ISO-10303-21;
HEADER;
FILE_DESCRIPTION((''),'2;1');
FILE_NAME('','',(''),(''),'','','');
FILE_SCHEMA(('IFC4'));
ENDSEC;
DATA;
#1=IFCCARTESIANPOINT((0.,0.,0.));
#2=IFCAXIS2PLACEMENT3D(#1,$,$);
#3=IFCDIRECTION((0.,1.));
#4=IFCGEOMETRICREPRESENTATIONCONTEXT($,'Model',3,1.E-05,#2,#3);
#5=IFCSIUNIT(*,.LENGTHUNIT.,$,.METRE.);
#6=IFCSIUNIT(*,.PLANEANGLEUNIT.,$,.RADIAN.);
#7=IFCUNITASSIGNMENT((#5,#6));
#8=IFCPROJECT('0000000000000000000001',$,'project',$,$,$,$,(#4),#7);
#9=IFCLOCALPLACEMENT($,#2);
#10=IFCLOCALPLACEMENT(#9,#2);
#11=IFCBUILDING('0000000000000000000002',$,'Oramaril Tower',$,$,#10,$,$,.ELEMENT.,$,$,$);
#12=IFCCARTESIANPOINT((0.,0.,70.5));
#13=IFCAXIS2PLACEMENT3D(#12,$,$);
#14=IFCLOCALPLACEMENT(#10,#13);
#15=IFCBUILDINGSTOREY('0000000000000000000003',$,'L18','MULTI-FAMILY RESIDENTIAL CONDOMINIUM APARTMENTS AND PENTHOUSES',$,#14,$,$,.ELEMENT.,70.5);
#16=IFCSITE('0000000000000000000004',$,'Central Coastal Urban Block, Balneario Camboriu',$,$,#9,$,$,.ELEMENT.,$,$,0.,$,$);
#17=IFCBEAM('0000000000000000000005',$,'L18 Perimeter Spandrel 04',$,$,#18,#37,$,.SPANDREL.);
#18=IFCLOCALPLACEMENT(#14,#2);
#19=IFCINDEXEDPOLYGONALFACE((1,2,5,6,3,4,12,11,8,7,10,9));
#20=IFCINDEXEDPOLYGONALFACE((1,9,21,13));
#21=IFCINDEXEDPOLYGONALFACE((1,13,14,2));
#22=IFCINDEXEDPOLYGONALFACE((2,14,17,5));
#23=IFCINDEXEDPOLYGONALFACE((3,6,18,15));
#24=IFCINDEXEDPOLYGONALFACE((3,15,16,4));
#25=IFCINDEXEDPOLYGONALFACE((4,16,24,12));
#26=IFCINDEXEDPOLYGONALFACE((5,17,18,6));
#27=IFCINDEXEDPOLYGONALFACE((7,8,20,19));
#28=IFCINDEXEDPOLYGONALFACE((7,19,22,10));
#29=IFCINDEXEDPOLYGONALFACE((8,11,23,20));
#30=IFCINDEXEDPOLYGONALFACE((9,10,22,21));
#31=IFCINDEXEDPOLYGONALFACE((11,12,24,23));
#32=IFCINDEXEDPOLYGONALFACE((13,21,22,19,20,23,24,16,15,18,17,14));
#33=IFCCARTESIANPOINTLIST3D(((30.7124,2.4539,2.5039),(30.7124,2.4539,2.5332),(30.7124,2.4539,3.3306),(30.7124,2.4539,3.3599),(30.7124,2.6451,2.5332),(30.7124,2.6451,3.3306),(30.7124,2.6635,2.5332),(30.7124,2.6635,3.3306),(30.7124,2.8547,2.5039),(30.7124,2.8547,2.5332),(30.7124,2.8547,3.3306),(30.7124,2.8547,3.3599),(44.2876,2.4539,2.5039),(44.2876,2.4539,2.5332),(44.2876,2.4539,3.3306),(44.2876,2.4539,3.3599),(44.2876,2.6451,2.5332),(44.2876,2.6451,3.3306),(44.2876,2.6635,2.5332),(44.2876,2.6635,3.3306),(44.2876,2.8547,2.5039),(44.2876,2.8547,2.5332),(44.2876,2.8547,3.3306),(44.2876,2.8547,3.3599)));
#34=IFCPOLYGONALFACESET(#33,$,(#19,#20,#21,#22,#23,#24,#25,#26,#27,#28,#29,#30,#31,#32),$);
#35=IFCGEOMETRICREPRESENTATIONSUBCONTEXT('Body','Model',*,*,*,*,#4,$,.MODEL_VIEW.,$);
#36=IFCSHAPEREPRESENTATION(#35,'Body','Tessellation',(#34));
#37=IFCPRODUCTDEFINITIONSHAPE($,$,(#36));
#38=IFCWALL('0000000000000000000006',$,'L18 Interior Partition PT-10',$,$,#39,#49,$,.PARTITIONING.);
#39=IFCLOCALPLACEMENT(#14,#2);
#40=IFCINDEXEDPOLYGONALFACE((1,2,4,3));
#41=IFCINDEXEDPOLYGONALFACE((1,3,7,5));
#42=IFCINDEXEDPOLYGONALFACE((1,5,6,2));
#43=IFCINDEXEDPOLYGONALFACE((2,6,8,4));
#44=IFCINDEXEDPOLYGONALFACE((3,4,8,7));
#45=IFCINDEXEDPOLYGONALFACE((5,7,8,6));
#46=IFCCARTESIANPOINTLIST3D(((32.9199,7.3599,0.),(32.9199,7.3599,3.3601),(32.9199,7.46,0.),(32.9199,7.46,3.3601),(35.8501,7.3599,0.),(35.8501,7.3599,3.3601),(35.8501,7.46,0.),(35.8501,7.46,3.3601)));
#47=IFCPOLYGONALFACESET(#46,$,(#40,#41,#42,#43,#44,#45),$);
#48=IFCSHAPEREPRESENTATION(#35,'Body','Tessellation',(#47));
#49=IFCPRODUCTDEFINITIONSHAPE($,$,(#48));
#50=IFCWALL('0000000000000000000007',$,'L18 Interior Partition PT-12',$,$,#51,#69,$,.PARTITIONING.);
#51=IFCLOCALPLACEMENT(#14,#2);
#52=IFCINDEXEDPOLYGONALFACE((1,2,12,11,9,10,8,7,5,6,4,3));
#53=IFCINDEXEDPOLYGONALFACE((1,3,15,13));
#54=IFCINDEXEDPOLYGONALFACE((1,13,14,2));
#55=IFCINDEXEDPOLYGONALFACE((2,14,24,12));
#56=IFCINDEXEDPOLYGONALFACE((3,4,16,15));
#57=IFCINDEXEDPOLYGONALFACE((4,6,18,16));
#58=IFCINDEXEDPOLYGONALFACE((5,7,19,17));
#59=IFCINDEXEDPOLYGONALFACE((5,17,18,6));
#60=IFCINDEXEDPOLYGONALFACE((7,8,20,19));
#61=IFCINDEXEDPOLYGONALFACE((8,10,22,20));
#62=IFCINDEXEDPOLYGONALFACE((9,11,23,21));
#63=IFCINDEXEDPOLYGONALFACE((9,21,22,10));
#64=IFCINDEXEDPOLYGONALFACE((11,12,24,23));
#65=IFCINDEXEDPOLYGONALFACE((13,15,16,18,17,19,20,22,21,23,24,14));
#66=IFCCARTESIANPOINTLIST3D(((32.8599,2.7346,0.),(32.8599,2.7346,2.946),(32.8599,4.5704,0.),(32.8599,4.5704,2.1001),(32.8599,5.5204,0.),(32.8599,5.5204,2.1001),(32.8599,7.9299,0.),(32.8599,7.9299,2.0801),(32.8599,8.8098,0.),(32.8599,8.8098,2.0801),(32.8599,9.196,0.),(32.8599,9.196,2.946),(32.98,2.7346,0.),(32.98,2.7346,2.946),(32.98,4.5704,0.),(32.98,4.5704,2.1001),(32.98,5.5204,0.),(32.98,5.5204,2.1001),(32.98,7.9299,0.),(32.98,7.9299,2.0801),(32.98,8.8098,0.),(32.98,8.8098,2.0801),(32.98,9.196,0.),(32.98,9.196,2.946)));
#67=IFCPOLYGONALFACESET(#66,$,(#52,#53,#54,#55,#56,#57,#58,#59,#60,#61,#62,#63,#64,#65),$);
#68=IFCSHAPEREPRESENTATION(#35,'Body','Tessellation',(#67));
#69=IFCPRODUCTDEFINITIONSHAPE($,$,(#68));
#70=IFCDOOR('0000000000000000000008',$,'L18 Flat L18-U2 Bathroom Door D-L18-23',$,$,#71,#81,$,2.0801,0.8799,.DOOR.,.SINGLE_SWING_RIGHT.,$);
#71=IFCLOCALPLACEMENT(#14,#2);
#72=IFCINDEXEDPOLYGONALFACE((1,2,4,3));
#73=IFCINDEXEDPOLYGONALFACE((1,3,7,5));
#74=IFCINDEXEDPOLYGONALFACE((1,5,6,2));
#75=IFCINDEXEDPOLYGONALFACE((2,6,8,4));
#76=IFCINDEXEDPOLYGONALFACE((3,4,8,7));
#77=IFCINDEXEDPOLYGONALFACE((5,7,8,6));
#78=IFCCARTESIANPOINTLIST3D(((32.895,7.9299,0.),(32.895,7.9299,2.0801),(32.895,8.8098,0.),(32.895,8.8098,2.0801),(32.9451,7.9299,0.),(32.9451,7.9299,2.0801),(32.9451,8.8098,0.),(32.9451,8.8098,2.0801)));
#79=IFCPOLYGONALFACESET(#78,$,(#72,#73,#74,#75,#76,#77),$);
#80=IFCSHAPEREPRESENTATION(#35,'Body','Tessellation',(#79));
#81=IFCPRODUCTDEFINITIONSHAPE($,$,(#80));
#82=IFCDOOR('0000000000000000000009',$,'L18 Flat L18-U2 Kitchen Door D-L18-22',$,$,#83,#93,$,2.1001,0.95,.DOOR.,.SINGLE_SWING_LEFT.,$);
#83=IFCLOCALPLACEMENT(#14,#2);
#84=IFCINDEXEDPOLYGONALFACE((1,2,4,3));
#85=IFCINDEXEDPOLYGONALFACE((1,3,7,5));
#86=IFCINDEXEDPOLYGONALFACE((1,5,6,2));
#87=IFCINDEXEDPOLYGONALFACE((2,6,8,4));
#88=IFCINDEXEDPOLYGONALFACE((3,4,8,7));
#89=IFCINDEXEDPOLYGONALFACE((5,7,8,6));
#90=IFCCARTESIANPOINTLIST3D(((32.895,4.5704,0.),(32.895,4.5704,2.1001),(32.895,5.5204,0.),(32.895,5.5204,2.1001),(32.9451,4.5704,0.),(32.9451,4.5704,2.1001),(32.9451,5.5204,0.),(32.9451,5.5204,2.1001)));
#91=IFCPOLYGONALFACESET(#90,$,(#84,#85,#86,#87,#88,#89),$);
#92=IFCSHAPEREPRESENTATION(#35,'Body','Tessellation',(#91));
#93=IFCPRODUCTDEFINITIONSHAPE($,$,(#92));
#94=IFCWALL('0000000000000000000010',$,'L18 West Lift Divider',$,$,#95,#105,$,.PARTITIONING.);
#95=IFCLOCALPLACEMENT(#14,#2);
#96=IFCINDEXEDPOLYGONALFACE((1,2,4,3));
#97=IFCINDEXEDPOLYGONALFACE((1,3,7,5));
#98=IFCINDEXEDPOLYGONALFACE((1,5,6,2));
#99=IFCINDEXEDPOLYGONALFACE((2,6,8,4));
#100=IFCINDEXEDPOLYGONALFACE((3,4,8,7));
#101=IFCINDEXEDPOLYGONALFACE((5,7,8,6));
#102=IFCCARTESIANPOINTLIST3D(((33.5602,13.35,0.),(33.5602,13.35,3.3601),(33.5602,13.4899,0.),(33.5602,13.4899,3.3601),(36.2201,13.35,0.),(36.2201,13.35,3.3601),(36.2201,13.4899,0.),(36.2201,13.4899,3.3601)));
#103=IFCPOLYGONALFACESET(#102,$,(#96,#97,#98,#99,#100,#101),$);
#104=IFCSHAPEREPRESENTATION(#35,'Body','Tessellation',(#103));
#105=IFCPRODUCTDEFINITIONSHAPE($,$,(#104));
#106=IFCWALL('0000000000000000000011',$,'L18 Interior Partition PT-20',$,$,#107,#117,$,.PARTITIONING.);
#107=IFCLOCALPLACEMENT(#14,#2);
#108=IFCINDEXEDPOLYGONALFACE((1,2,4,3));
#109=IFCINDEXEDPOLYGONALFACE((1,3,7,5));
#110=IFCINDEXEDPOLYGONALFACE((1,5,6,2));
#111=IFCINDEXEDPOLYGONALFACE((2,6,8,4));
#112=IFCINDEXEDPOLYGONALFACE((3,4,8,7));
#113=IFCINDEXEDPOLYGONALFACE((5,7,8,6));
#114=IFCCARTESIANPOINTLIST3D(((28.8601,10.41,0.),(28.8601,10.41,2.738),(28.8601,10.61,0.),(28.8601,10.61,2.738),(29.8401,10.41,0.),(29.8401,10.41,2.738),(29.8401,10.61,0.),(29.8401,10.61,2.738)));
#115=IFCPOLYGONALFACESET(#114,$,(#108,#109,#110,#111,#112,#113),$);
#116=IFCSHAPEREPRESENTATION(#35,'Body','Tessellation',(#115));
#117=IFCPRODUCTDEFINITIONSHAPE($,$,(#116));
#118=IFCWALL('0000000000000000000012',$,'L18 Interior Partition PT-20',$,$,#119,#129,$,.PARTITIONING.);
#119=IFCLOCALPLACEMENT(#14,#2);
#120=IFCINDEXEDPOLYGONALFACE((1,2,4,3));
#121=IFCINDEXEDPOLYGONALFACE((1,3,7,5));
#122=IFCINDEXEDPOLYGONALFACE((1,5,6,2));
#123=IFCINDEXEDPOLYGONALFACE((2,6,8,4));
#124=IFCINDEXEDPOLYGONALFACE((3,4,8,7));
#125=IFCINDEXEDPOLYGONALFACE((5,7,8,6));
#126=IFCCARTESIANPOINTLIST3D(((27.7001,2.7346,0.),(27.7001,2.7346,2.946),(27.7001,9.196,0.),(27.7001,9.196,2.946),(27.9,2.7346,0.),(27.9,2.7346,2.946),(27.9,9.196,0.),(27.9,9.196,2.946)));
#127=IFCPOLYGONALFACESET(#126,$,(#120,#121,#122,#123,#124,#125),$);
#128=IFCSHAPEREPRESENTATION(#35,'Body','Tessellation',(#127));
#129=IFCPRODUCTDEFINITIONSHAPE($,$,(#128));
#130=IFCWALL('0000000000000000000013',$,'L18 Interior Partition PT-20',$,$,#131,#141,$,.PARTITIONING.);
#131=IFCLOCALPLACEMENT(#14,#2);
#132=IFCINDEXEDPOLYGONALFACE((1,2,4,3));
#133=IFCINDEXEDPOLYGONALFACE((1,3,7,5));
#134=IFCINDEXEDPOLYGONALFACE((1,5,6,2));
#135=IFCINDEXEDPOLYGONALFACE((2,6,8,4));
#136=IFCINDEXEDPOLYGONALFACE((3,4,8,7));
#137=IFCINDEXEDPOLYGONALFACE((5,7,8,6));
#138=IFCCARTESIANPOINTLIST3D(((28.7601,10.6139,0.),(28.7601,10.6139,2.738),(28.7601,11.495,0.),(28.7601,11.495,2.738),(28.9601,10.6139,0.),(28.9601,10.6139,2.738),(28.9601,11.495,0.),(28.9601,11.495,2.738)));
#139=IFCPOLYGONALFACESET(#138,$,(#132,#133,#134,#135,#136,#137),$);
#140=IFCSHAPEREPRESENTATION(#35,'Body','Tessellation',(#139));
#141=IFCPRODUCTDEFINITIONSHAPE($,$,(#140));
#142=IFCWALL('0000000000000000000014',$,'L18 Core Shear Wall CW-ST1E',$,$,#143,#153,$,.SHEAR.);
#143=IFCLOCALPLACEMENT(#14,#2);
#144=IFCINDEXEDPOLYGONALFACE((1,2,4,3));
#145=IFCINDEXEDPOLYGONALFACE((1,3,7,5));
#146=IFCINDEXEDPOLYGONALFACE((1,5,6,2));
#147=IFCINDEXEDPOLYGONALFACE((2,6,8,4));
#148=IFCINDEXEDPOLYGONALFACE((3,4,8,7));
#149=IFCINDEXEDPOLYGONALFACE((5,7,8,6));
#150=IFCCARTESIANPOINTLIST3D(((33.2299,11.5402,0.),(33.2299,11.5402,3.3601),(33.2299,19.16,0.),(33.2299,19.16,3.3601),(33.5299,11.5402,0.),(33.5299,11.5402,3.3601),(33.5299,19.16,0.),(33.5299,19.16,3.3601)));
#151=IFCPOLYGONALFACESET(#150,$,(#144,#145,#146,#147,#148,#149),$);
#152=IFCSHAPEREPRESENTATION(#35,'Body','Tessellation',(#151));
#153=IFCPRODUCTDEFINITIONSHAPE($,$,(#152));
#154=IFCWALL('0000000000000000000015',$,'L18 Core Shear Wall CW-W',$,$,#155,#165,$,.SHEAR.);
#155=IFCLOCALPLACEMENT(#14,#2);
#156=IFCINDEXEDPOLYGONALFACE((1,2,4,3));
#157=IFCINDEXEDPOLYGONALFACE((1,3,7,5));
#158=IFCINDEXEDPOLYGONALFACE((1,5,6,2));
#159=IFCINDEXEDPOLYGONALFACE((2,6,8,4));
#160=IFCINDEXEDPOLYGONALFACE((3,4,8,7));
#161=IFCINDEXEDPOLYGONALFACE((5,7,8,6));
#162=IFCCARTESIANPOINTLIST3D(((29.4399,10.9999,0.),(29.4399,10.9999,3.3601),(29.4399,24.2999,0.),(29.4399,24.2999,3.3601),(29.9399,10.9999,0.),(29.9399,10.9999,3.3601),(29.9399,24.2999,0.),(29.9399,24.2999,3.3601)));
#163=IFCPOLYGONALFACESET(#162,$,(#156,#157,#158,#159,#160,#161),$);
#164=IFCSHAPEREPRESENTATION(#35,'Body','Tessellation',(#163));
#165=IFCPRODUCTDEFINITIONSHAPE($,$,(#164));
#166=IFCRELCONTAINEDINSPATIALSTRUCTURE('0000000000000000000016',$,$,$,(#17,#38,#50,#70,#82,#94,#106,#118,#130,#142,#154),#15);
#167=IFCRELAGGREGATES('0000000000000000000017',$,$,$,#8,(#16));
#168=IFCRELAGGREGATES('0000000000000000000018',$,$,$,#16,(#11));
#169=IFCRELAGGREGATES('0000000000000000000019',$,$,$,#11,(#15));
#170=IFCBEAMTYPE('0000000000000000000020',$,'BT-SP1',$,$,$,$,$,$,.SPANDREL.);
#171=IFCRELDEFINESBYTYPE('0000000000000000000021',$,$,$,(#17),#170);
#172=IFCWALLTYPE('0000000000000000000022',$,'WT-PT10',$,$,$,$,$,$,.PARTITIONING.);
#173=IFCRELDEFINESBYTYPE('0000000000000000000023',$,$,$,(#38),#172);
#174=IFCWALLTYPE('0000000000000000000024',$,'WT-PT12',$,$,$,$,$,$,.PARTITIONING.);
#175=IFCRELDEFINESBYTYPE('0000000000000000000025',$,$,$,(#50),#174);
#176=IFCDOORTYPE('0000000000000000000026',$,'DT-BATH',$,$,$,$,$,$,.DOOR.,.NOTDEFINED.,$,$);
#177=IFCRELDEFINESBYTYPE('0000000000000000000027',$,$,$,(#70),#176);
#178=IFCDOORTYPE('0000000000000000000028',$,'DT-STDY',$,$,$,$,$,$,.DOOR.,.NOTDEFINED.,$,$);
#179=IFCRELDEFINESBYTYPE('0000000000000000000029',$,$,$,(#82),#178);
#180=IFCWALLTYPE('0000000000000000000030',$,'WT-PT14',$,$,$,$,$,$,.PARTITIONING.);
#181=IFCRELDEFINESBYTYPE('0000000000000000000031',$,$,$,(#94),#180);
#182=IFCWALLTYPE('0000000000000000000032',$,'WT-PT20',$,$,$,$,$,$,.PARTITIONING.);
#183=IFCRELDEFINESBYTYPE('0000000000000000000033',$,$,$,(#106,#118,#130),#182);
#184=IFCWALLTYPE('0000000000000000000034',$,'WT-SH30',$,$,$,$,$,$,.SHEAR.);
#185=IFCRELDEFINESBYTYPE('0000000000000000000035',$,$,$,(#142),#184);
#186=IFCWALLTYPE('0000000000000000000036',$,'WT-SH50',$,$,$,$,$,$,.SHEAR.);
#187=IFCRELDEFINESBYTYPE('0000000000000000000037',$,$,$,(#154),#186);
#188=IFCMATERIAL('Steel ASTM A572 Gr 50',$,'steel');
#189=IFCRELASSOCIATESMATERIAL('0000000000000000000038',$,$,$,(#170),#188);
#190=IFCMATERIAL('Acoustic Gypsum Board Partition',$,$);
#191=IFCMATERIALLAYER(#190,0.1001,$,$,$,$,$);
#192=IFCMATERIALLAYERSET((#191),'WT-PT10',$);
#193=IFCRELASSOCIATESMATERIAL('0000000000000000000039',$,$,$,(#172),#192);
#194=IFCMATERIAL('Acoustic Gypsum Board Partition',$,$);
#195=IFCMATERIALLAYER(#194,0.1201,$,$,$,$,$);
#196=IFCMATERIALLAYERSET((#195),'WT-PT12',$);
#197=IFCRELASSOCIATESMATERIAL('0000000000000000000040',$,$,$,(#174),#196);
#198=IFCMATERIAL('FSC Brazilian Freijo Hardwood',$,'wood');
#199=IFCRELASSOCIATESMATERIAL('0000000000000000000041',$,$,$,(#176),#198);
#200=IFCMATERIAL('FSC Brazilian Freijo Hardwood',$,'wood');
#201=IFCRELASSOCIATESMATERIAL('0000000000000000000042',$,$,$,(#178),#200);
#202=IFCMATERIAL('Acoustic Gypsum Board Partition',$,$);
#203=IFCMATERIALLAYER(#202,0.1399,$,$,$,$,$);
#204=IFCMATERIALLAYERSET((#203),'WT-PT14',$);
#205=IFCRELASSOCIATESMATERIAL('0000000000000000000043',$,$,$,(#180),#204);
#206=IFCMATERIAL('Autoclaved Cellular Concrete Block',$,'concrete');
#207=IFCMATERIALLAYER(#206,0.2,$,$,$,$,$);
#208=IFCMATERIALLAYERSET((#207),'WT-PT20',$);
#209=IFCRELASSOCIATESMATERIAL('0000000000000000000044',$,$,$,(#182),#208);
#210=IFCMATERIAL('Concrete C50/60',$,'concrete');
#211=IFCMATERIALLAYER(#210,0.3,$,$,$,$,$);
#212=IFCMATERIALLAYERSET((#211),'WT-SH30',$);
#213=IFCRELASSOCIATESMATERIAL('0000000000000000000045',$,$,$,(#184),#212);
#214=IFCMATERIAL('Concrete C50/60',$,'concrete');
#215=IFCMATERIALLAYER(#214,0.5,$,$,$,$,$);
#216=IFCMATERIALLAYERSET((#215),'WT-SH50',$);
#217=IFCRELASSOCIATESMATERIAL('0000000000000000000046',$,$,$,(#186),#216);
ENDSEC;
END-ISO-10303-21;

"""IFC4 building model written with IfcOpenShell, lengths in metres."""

from ifc_helpers import new_model, si_unit, direction, frame, frame_2d, origin, origin_2d, place, context, subcontext, project, spatial, rectangle, i_section, extrude, material, layer, layer_set, material_profile, profile_set, type_object, element, fill, save


model = new_model("IFC4")

# Units and contexts
model_context = context("Model", 3, precision=1e-05, world=origin(), true_north=direction((0.0, 1.0)))
body_context = subcontext(model_context, "Body", "Model", "MODEL_VIEW")
ifc_project = project(units=[si_unit("LENGTHUNIT", "METRE"), si_unit("PLANEANGLEUNIT", "RADIAN")], contexts=[model_context])

# Site, building, storey
site_placement = place(None, origin())
site = spatial("IfcSite", under=ifc_project, at=site_placement, Name="Central Coastal Urban Block, Balneario Camboriu", CompositionType="ELEMENT", RefElevation=0.0)
building_placement = place(site_placement, origin())
building = spatial("IfcBuilding", under=site, at=building_placement, Name="Oramaril Tower", CompositionType="ELEMENT")
storey_placement = place(building_placement, frame((0.0, 0.0, 70.5)))
storey = spatial("IfcBuildingStorey", under=building, at=storey_placement, Name="L18", Description="MULTI-FAMILY RESIDENTIAL CONDOMINIUM APARTMENTS AND PENTHOUSES", CompositionType="ELEMENT", Elevation=70.5)

# Beam
ifc_material_1 = material(Name="Steel ASTM A572 Gr 50", Category="steel")
ifc_material_profile_1 = material_profile(ifc_material_1, i_section(OverallWidth=0.4009, OverallDepth=0.856, WebThickness=0.0183, FlangeThickness=0.0293, at=origin_2d()), Name="W33X201")
ifc_profile_set_1 = profile_set([ifc_material_profile_1], Name="Steel ASTM A572 Gr 50")
beam_type_1 = type_object("IfcBeamType", Name="BT-SP1", PredefinedType="SPANDREL", material=ifc_profile_set_1)
beam_1_placement = place(storey_placement, frame((30.7124, 2.6543, 2.9319), z_axis=(1.0, 0.0, 0.0), x_axis=(0.0, 1.0, 0.0)))
element("IfcBeam", 1, at=beam_1_placement, inside=storey, type_object=beam_type_1, Name="L18 Perimeter Spandrel 04", PredefinedType="SPANDREL", context=body_context, shape_type="SweptSolid", body=[
    extrude(i_section(OverallWidth=0.4009, OverallDepth=0.856, WebThickness=0.0183, FlangeThickness=0.0293, at=origin_2d()), origin(), (0.0, 0.0, 1.0), 13.5752),
])

# Wall
ifc_material_2 = material(Name="Acoustic Gypsum Board Partition")
ifc_layer_1 = layer(ifc_material_2, 0.1001)
ifc_layer_set_1 = layer_set([ifc_layer_1], Name="WT-PT10")
wall_type_1 = type_object("IfcWallType", Name="WT-PT10", PredefinedType="PARTITIONING", material=ifc_layer_set_1)
wall_1_placement = place(storey_placement, frame((32.9199, 7.4099, 0.0), z_axis=(0.0, 0.0, 1.0), x_axis=(1.0, 0.0, 0.0)))
element("IfcWall", 2, at=wall_1_placement, inside=storey, type_object=wall_type_1, Name="L18 Interior Partition PT-10", PredefinedType="PARTITIONING", context=body_context, shape_type="SweptSolid", body=[
    extrude(rectangle(XDim=2.9302, YDim=0.1001, at=frame_2d((1.4651, 0.0))), origin(), (0.0, 0.0, 1.0), 3.3601),
])

# Wall, openings, doors
ifc_material_3 = material(Name="Acoustic Gypsum Board Partition")
ifc_layer_2 = layer(ifc_material_3, 0.1201)
ifc_layer_set_2 = layer_set([ifc_layer_2], Name="WT-PT12")
wall_type_2 = type_object("IfcWallType", Name="WT-PT12", PredefinedType="PARTITIONING", material=ifc_layer_set_2)
wall_2_placement = place(storey_placement, frame((32.9199, 2.7346, 0.0), z_axis=(0.0, 0.0, 1.0), x_axis=(0.0, 1.0, 0.0)))
wall_2 = element("IfcWall", 3, at=wall_2_placement, inside=storey, type_object=wall_type_2, Name="L18 Interior Partition PT-12", PredefinedType="PARTITIONING", context=body_context, shape_type="SweptSolid", body=[
    extrude(rectangle(XDim=6.4614, YDim=0.1201, at=frame_2d((3.2307, 0.0))), origin(), (0.0, 0.0, 1.0), 2.946),
])
opening_1_placement = place(wall_2_placement, frame((1.8357, 0.0, 0.0)))
opening_1 = element("IfcOpeningElement", 4, at=opening_1_placement, cuts=wall_2, PredefinedType="OPENING", context=body_context, shape_type="SweptSolid", body=[
    extrude(rectangle(XDim=0.95, YDim=2.1001, at=frame_2d((0.4751, 1.05))), frame((0.0, 0.0601, 0.0), z_axis=(0.0, -1.0, 0.0), x_axis=(1.0, 0.0, 0.0)), (0.0, 0.0, 1.0), 0.1201),
])
opening_2_placement = place(wall_2_placement, frame((5.1953, 0.0, 0.0)))
opening_2 = element("IfcOpeningElement", 5, at=opening_2_placement, cuts=wall_2, PredefinedType="OPENING", context=body_context, shape_type="SweptSolid", body=[
    extrude(rectangle(XDim=0.8799, YDim=2.0801, at=frame_2d((0.4399, 1.04))), frame((0.0, 0.0601, 0.0), z_axis=(0.0, -1.0, 0.0), x_axis=(1.0, 0.0, 0.0)), (0.0, 0.0, 1.0), 0.1201),
])
ifc_material_4 = material(Name="FSC Brazilian Freijo Hardwood", Category="wood")
door_type_1 = type_object("IfcDoorType", Name="DT-BATH", OperationType="NOTDEFINED", PredefinedType="DOOR", material=ifc_material_4)
door_1_placement = place(opening_2_placement, origin())
door_1 = element("IfcDoor", 6, at=door_1_placement, inside=storey, type_object=door_type_1, Name="L18 Flat L18-U2 Bathroom Door D-L18-23", OperationType="SINGLE_SWING_RIGHT", OverallHeight=2.0801, OverallWidth=0.8799, PredefinedType="DOOR", context=body_context, shape_type="SweptSolid", body=[
    extrude(rectangle(XDim=0.8799, YDim=2.0801, at=frame_2d((0.4399, 1.04))), frame((0.0, 0.0249, 0.0), z_axis=(0.0, -1.0, 0.0), x_axis=(1.0, 0.0, 0.0)), (0.0, 0.0, 1.0), 0.05),
])
fill(opening_2, door_1)
ifc_material_5 = material(Name="FSC Brazilian Freijo Hardwood", Category="wood")
door_type_2 = type_object("IfcDoorType", Name="DT-STDY", OperationType="NOTDEFINED", PredefinedType="DOOR", material=ifc_material_5)
door_2_placement = place(opening_1_placement, origin())
door_2 = element("IfcDoor", 7, at=door_2_placement, inside=storey, type_object=door_type_2, Name="L18 Flat L18-U2 Kitchen Door D-L18-22", OperationType="SINGLE_SWING_LEFT", OverallHeight=2.1001, OverallWidth=0.95, PredefinedType="DOOR", context=body_context, shape_type="SweptSolid", body=[
    extrude(rectangle(XDim=0.95, YDim=2.1001, at=frame_2d((0.4751, 1.05))), frame((0.0, 0.0249, 0.0), z_axis=(0.0, -1.0, 0.0), x_axis=(1.0, 0.0, 0.0)), (0.0, 0.0, 1.0), 0.05),
])
fill(opening_1, door_2)

# Walls
ifc_material_6 = material(Name="Acoustic Gypsum Board Partition")
ifc_layer_3 = layer(ifc_material_6, 0.1399)
ifc_layer_set_3 = layer_set([ifc_layer_3], Name="WT-PT14")
wall_type_3 = type_object("IfcWallType", Name="WT-PT14", PredefinedType="PARTITIONING", material=ifc_layer_set_3)
wall_3_placement = place(storey_placement, frame((33.5601, 13.4199, 0.0), z_axis=(0.0, 0.0, 1.0), x_axis=(1.0, 0.0, 0.0)))
element("IfcWall", 8, at=wall_3_placement, inside=storey, type_object=wall_type_3, Name="L18 West Lift Divider", PredefinedType="PARTITIONING", context=body_context, shape_type="SweptSolid", body=[
    extrude(rectangle(XDim=2.6599, YDim=0.1399, at=frame_2d((1.3301, 0.0))), origin(), (0.0, 0.0, 1.0), 3.3601),
])
ifc_material_7 = material(Name="Autoclaved Cellular Concrete Block", Category="concrete")
ifc_layer_4 = layer(ifc_material_7, 0.2)
ifc_layer_set_4 = layer_set([ifc_layer_4], Name="WT-PT20")
wall_type_4 = type_object("IfcWallType", Name="WT-PT20", PredefinedType="PARTITIONING", material=ifc_layer_set_4)
wall_4_placement = place(storey_placement, frame((28.8601, 10.51, 0.0), z_axis=(0.0, 0.0, 1.0), x_axis=(1.0, 0.0, 0.0)))
element("IfcWall", 9, at=wall_4_placement, inside=storey, type_object=wall_type_4, Name="L18 Interior Partition PT-20", PredefinedType="PARTITIONING", context=body_context, shape_type="SweptSolid", body=[
    extrude(rectangle(XDim=0.98, YDim=0.2, at=frame_2d((0.49, 0.0))), origin(), (0.0, 0.0, 1.0), 2.738),
])

# Walls
wall_5_placement = place(storey_placement, frame((27.8, 2.7346, 0.0), z_axis=(0.0, 0.0, 1.0), x_axis=(0.0, 1.0, 0.0)))
element("IfcWall", 10, at=wall_5_placement, inside=storey, type_object=wall_type_4, Name="L18 Interior Partition PT-20", PredefinedType="PARTITIONING", context=body_context, shape_type="SweptSolid", body=[
    extrude(rectangle(XDim=6.4614, YDim=0.2, at=frame_2d((3.2307, 0.0))), origin(), (0.0, 0.0, 1.0), 2.946),
])
wall_6_placement = place(storey_placement, frame((28.8601, 10.614, 0.0), z_axis=(0.0, 0.0, 1.0), x_axis=(0.0, 1.0, 0.0)))
element("IfcWall", 11, at=wall_6_placement, inside=storey, type_object=wall_type_4, Name="L18 Interior Partition PT-20", PredefinedType="PARTITIONING", context=body_context, shape_type="SweptSolid", body=[
    extrude(rectangle(XDim=0.8811, YDim=0.2, at=frame_2d((0.4404, 0.0))), origin(), (0.0, 0.0, 1.0), 2.738),
])
ifc_material_8 = material(Name="Concrete C50/60", Category="concrete")
ifc_layer_5 = layer(ifc_material_8, 0.3)
ifc_layer_set_5 = layer_set([ifc_layer_5], Name="WT-SH30")
wall_type_5 = type_object("IfcWallType", Name="WT-SH30", PredefinedType="SHEAR", material=ifc_layer_set_5)
wall_7_placement = place(storey_placement, frame((33.3799, 11.54, 0.0), z_axis=(0.0, 0.0, 1.0), x_axis=(0.0, 1.0, 0.0)))
element("IfcWall", 12, at=wall_7_placement, inside=storey, type_object=wall_type_5, Name="L18 Core Shear Wall CW-ST1E", PredefinedType="SHEAR", context=body_context, shape_type="SweptSolid", body=[
    extrude(rectangle(XDim=7.6199, YDim=0.3, at=frame_2d((3.8101, 0.0))), origin(), (0.0, 0.0, 1.0), 3.3601),
])
ifc_material_9 = material(Name="Concrete C50/60", Category="concrete")
ifc_layer_6 = layer(ifc_material_9, 0.5)
ifc_layer_set_6 = layer_set([ifc_layer_6], Name="WT-SH50")
wall_type_6 = type_object("IfcWallType", Name="WT-SH50", PredefinedType="SHEAR", material=ifc_layer_set_6)
wall_8_placement = place(storey_placement, frame((29.6899, 11.0, 0.0), z_axis=(0.0, 0.0, 1.0), x_axis=(0.0, 1.0, 0.0)))
element("IfcWall", 13, at=wall_8_placement, inside=storey, type_object=wall_type_6, Name="L18 Core Shear Wall CW-W", PredefinedType="SHEAR", context=body_context, shape_type="SweptSolid", body=[
    extrude(rectangle(XDim=13.3, YDim=0.5, at=frame_2d((6.6499, 0.0))), origin(), (0.0, 0.0, 1.0), 3.3601),
])

save(model, "model.ifc")
